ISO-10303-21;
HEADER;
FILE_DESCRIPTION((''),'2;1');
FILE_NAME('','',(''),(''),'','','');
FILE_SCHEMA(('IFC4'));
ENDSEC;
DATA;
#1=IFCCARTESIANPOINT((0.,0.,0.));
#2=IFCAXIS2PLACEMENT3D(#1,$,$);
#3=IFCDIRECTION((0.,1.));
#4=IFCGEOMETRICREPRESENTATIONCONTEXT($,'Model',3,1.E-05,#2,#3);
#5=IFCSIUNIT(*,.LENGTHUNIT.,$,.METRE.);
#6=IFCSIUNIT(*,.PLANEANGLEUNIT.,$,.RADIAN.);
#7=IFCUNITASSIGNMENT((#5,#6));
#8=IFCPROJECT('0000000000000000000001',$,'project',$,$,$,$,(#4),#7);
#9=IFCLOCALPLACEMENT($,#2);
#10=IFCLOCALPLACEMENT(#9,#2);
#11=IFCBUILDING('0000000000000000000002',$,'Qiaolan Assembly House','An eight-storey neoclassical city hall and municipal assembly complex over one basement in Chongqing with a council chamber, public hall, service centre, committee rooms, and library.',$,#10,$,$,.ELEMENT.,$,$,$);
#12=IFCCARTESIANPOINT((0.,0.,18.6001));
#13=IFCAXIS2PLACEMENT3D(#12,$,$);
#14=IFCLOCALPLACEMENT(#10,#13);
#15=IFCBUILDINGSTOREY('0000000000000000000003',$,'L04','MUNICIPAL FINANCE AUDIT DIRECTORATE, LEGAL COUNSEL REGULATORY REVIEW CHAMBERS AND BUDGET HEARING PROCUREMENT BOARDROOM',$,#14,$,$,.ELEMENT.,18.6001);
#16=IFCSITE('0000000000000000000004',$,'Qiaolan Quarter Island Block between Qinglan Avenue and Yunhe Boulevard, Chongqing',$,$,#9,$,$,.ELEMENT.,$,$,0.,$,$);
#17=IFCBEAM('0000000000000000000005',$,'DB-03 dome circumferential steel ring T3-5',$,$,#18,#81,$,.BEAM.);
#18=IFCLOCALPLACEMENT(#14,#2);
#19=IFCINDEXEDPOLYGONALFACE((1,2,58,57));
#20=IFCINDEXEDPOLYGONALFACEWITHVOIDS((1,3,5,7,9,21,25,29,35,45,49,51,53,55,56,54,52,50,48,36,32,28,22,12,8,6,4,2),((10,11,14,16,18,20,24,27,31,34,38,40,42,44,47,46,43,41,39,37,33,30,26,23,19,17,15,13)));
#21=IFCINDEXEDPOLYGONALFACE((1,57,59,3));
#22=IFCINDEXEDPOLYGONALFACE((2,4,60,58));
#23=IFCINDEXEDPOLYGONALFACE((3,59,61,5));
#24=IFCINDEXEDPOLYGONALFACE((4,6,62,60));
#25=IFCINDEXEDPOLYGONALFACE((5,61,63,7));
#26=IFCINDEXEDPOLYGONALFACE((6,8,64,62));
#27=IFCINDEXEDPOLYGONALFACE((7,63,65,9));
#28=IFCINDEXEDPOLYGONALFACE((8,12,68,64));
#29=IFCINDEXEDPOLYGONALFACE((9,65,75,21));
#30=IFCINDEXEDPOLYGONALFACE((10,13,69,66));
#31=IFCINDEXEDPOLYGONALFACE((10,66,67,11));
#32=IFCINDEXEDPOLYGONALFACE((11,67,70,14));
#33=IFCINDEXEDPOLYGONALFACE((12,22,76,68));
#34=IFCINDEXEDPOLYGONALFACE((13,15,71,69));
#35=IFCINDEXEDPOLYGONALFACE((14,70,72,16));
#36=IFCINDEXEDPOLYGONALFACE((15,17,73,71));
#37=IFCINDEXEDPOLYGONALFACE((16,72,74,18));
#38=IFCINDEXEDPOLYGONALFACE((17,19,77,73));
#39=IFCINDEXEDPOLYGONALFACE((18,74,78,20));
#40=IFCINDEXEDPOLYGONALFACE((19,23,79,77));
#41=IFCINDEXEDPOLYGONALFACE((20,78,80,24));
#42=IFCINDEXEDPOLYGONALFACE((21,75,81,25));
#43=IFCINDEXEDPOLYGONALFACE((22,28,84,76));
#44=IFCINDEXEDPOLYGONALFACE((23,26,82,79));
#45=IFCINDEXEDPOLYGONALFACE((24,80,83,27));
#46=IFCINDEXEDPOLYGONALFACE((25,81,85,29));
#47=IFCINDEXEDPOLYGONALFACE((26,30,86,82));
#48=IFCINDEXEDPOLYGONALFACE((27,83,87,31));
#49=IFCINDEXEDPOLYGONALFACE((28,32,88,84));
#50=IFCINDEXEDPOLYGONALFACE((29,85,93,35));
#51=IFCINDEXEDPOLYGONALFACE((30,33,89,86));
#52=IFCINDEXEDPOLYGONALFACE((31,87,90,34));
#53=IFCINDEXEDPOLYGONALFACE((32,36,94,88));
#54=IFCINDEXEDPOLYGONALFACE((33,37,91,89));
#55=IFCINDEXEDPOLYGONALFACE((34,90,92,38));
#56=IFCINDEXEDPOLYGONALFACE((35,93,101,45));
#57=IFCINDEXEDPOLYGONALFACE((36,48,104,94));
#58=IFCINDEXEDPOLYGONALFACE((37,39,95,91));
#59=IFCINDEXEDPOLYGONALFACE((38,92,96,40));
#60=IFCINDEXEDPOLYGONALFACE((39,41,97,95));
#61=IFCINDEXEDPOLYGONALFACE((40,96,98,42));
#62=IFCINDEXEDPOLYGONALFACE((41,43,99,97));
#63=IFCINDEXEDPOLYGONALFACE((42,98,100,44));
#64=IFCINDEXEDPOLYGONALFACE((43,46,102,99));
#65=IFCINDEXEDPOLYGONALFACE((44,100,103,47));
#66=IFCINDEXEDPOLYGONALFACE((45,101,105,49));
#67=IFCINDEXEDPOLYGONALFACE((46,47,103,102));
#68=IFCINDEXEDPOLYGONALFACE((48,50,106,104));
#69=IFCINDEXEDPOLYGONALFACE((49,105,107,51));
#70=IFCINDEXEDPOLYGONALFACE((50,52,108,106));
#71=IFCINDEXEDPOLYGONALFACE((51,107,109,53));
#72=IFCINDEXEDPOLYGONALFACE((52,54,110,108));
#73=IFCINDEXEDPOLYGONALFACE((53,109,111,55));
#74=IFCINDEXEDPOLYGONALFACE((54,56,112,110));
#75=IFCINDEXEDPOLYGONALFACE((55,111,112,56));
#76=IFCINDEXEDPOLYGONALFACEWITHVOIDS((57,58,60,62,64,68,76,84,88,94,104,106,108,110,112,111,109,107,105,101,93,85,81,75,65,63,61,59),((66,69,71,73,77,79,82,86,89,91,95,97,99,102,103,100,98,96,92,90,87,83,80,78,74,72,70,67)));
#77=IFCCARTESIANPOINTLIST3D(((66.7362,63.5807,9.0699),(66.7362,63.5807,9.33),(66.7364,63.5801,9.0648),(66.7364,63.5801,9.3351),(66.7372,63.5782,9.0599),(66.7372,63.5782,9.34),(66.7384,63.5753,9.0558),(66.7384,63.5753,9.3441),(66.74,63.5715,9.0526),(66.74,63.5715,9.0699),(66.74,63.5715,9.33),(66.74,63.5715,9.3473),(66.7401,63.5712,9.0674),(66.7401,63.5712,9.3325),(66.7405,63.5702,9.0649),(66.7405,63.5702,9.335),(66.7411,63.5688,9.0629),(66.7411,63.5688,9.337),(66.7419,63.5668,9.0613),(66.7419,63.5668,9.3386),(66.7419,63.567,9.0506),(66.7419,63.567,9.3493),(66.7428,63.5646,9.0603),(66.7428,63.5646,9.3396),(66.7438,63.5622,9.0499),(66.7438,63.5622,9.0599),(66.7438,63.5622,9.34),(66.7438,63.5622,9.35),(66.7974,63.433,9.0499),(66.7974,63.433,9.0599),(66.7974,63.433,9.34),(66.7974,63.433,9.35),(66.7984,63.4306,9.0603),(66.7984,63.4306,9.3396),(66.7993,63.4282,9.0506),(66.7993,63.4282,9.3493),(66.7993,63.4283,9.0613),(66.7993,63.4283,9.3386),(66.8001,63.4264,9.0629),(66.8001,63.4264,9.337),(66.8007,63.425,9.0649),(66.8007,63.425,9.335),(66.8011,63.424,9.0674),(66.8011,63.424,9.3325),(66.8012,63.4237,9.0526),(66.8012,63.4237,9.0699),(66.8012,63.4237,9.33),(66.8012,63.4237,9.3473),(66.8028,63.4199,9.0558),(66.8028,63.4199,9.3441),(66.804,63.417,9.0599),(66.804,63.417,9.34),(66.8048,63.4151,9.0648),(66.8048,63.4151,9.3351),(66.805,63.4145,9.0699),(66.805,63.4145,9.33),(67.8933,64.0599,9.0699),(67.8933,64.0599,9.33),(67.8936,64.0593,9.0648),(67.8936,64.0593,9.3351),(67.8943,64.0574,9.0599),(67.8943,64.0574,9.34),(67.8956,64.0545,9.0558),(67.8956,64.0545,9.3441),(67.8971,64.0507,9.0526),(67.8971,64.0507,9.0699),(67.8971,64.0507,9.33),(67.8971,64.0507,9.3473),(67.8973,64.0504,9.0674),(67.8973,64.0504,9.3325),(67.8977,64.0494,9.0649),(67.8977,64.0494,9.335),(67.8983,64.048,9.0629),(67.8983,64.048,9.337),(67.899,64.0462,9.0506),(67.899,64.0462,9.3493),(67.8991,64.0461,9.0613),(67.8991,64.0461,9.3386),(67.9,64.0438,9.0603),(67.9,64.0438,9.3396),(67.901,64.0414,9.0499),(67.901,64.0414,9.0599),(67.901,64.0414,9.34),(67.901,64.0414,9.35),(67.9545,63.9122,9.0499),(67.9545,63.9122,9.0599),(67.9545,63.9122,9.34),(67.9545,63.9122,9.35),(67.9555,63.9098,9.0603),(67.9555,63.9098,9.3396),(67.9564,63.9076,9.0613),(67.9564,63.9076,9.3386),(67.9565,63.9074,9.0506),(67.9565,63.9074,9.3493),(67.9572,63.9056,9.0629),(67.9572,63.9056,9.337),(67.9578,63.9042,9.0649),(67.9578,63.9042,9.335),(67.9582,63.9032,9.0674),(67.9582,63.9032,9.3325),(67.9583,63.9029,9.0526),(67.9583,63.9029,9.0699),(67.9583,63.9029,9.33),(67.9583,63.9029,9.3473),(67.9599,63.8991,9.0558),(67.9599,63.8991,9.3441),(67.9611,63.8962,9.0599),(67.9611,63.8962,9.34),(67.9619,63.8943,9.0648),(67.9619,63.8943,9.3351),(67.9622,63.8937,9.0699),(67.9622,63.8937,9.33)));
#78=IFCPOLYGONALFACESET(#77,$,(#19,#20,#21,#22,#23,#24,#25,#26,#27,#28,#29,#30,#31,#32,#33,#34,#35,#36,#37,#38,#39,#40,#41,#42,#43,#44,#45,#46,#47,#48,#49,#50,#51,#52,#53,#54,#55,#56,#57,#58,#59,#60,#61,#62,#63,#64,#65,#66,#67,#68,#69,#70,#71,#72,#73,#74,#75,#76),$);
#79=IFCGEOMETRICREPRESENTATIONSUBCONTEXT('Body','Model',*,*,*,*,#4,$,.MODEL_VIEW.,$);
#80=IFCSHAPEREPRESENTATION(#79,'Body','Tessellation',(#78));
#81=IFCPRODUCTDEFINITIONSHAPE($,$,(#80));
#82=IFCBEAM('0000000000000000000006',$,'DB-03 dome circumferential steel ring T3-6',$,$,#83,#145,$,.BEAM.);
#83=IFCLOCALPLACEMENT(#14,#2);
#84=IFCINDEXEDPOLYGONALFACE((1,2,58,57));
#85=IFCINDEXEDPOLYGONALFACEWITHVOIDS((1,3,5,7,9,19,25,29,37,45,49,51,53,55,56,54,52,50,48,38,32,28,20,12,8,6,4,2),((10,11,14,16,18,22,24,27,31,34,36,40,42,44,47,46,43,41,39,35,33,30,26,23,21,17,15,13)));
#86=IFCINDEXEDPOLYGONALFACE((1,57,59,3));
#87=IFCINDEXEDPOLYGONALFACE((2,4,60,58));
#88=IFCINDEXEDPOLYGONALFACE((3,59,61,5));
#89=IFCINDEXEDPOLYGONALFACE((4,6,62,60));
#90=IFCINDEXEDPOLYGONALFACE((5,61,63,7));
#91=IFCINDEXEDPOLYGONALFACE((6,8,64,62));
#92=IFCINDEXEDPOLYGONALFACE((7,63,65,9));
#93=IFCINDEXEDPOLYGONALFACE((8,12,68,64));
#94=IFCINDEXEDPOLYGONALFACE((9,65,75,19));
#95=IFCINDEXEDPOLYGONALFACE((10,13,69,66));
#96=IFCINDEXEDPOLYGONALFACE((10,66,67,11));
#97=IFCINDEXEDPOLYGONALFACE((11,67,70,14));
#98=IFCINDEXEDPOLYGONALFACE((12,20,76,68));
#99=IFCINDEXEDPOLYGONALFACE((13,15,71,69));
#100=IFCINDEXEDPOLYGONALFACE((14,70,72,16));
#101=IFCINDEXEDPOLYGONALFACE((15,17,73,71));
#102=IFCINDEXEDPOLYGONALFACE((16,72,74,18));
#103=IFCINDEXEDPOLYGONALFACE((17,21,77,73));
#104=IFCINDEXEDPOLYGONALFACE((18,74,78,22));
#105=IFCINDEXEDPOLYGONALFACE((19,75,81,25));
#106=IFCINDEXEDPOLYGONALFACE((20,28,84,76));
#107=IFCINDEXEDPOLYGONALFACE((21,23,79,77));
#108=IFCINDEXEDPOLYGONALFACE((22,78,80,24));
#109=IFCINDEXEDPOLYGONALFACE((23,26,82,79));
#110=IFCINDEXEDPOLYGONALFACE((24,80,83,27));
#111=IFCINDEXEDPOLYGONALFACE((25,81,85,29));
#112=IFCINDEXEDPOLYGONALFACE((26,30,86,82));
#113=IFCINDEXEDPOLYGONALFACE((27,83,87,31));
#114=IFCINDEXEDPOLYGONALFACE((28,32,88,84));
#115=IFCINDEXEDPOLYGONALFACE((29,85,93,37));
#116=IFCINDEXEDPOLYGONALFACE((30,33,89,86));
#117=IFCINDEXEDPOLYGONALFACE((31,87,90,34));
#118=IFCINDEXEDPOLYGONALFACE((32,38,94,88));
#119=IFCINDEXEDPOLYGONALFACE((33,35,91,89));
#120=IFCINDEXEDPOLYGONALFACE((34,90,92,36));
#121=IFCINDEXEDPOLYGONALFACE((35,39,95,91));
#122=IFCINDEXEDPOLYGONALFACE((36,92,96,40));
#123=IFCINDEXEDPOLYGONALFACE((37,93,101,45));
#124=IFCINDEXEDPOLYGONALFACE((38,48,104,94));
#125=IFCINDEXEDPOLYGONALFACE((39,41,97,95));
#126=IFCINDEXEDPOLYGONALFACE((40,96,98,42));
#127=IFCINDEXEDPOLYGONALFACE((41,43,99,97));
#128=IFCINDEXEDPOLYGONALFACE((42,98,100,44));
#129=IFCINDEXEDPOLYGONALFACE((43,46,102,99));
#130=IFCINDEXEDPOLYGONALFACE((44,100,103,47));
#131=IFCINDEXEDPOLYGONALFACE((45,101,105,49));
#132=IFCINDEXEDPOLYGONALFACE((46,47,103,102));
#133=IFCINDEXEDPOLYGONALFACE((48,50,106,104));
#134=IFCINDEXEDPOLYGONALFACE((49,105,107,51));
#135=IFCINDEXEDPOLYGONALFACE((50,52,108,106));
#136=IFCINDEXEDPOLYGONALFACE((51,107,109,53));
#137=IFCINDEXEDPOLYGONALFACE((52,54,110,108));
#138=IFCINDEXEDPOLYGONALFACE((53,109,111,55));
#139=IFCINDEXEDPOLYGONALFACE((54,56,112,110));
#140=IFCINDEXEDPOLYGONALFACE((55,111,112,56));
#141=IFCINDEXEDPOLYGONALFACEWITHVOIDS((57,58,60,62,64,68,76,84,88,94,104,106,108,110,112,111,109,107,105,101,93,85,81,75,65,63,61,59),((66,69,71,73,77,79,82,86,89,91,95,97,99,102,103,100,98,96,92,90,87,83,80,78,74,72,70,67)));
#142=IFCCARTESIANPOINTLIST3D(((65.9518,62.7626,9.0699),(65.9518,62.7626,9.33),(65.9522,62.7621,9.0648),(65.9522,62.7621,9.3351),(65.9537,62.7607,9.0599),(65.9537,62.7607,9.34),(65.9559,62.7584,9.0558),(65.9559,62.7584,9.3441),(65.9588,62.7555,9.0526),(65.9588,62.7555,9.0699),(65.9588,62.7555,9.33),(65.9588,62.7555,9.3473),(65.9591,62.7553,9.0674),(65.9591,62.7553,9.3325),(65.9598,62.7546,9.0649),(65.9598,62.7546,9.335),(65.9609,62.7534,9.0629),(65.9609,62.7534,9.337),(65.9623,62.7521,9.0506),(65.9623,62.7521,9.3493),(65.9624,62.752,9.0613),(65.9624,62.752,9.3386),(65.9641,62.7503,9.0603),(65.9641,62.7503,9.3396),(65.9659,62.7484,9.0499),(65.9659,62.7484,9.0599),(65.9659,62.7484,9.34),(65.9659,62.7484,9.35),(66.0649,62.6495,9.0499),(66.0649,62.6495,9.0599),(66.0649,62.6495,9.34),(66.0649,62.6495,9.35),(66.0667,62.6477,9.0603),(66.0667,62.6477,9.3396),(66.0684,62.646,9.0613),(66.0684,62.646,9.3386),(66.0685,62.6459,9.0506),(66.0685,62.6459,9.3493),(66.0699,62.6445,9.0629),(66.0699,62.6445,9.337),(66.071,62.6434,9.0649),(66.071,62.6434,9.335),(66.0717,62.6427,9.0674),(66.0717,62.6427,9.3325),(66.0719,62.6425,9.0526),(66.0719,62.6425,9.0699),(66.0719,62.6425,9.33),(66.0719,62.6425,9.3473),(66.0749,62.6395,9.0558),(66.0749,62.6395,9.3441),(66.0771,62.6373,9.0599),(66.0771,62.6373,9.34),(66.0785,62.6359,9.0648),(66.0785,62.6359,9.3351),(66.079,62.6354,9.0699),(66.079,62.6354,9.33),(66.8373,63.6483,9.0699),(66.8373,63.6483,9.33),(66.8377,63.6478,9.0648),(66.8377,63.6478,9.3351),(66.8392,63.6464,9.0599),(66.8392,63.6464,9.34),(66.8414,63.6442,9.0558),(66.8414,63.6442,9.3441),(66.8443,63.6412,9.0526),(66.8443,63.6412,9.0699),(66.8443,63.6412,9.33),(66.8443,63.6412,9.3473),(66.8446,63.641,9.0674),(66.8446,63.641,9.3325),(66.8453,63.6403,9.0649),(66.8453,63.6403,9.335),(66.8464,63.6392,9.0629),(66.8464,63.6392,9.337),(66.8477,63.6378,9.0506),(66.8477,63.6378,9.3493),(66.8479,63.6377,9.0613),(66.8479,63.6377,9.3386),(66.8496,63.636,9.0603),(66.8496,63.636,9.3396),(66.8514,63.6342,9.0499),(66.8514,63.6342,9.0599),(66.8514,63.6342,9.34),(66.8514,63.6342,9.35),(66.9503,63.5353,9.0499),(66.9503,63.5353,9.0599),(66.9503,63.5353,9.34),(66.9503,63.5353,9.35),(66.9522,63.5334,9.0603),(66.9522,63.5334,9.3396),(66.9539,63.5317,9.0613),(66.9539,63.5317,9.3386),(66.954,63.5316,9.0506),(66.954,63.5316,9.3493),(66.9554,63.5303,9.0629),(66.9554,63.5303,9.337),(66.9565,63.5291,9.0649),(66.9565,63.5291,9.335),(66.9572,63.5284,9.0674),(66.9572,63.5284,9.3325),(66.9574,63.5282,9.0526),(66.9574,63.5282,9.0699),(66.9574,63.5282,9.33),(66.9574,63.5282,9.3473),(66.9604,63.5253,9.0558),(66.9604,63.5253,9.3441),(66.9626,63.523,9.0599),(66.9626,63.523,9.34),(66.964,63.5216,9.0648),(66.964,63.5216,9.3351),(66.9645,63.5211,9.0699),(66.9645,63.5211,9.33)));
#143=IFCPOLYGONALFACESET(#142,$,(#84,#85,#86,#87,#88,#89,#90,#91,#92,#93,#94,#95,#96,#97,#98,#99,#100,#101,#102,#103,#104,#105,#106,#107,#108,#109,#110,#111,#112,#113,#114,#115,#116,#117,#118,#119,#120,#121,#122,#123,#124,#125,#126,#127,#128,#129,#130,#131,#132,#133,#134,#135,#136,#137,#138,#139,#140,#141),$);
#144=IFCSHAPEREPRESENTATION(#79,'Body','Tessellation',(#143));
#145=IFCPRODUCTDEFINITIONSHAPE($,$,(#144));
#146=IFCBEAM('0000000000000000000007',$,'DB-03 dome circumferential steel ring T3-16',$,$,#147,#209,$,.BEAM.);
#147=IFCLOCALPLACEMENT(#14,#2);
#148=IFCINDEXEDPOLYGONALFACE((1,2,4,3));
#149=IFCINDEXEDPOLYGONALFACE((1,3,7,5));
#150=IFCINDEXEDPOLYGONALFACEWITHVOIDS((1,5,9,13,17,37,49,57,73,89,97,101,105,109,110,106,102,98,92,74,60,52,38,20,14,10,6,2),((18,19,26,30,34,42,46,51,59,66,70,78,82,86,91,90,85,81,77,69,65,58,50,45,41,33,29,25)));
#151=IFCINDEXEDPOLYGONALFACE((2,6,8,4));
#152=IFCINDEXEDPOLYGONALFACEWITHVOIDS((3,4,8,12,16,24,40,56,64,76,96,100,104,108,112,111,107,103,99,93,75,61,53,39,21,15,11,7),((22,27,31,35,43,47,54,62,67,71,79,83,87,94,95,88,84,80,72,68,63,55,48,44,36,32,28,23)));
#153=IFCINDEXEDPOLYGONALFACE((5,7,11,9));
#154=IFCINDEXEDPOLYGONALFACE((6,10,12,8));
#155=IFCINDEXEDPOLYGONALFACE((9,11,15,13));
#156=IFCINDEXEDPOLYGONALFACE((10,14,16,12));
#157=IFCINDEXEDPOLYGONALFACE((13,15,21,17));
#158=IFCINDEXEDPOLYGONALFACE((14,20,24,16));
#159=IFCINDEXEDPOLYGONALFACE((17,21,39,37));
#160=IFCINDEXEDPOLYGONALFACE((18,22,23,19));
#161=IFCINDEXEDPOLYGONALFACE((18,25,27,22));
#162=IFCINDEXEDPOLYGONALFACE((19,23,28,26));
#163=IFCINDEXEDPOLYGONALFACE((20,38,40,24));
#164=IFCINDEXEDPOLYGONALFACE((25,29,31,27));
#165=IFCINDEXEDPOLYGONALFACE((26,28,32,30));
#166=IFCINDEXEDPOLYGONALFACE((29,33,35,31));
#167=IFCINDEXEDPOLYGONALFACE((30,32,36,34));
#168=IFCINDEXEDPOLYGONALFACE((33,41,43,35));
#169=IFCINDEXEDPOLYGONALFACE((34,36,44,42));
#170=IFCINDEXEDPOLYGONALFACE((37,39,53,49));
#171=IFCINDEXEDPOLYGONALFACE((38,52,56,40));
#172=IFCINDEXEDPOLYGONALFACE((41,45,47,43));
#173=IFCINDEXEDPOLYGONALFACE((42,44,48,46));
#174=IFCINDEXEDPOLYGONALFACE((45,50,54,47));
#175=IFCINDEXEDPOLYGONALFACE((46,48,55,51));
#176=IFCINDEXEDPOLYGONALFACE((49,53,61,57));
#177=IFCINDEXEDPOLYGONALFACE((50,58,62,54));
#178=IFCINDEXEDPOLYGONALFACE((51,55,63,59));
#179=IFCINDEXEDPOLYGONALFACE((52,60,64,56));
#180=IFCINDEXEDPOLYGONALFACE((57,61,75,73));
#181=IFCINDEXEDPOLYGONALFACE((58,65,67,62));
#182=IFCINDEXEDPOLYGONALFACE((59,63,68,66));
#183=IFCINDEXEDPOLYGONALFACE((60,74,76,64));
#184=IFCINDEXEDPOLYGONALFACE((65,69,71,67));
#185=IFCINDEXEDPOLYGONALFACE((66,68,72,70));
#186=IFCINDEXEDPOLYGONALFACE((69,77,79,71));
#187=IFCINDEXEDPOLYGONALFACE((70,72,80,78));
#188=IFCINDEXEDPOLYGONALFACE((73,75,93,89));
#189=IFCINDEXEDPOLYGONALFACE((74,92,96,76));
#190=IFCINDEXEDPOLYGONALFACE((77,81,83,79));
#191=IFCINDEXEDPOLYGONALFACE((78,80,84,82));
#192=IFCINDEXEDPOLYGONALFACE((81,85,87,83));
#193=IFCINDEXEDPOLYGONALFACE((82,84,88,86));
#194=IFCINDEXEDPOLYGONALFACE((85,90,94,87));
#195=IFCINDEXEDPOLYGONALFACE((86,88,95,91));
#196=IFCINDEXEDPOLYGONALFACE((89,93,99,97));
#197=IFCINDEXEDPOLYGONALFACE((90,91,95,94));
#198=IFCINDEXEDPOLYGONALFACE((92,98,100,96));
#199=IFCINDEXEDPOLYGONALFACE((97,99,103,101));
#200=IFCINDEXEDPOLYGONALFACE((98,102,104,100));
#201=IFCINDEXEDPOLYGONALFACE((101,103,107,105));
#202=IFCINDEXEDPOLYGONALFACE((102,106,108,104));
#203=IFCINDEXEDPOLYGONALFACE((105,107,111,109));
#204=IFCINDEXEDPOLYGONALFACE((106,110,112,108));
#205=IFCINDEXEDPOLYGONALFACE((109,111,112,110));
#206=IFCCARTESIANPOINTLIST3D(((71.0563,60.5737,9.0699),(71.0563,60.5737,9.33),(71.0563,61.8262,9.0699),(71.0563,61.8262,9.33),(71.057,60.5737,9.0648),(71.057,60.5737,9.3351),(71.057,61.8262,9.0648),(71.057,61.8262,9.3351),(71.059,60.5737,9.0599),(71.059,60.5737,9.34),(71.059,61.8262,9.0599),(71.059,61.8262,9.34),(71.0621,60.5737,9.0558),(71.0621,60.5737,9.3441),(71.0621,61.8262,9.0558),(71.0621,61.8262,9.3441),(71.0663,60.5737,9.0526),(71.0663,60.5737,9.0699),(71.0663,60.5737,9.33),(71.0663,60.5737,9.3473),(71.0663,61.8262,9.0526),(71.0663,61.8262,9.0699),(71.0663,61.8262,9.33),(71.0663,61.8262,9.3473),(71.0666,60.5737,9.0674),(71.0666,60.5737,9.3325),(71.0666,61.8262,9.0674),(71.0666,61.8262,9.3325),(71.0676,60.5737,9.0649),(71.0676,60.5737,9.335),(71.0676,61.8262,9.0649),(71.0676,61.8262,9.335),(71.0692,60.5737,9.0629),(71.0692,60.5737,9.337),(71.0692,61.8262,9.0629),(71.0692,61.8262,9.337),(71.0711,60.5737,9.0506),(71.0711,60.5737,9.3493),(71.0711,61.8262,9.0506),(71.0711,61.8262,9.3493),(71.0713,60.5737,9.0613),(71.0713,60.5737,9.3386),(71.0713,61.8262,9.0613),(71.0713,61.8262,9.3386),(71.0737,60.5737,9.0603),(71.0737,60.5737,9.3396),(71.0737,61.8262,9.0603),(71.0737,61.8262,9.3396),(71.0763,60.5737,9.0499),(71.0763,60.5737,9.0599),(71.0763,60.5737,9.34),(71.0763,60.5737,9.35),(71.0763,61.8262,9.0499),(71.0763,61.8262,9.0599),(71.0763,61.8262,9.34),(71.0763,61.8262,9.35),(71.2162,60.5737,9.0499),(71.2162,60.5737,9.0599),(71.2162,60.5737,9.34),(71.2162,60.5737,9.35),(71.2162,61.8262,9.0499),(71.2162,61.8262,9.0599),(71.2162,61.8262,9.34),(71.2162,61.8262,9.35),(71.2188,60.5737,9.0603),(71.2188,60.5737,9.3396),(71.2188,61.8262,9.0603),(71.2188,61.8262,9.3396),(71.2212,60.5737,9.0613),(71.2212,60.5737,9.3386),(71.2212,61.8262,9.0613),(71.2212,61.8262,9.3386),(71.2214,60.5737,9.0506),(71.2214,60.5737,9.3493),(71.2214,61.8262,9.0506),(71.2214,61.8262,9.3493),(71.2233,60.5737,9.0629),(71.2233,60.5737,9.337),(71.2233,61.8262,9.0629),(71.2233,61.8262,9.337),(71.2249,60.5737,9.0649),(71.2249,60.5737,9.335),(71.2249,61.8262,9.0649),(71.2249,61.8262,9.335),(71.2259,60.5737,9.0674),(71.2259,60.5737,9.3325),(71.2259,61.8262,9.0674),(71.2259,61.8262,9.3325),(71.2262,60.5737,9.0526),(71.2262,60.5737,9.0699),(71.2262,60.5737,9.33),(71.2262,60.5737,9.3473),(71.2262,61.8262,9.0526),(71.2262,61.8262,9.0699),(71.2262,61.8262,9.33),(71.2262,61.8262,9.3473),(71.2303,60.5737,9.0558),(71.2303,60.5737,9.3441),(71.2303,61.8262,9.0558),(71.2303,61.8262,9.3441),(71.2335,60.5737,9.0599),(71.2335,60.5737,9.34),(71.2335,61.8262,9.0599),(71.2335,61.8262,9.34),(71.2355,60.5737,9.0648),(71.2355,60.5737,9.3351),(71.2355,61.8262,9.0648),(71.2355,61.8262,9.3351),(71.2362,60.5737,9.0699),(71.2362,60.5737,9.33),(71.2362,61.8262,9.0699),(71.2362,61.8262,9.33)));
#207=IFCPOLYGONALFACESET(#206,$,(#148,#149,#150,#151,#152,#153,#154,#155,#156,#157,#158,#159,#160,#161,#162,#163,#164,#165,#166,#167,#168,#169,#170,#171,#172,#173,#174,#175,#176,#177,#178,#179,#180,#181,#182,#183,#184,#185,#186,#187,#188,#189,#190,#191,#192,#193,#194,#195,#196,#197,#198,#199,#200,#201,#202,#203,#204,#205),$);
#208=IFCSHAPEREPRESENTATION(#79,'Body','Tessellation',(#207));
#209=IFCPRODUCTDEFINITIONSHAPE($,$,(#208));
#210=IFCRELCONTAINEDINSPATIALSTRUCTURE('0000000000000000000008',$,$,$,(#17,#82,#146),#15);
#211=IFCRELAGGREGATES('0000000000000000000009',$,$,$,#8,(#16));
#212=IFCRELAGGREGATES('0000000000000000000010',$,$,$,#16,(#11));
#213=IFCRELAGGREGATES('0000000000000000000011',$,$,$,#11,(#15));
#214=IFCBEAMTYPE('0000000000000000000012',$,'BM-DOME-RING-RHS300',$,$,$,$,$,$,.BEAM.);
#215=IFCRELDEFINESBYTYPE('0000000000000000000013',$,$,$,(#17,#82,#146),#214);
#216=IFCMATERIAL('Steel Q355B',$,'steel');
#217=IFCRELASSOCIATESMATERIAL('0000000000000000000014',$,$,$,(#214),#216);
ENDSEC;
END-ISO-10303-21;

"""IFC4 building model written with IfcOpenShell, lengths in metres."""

from ifc_helpers import new_model, si_unit, direction, frame, origin, origin_2d, place, context, subcontext, project, spatial, hollow_rectangle, extrude, material, material_profile, profile_set, type_object, element, save


model = new_model("IFC4")

# Units and contexts
model_context = context("Model", 3, precision=1e-05, world=origin(), true_north=direction((0.0, 1.0)))
body_context = subcontext(model_context, "Body", "Model", "MODEL_VIEW")
ifc_project = project(units=[si_unit("LENGTHUNIT", "METRE"), si_unit("PLANEANGLEUNIT", "RADIAN")], contexts=[model_context])

# Site, building, storey
site_placement = place(None, origin())
site = spatial("IfcSite", under=ifc_project, at=site_placement, Name="Qiaolan Quarter Island Block between Qinglan Avenue and Yunhe Boulevard, Chongqing", CompositionType="ELEMENT", RefElevation=0.0)
building_placement = place(site_placement, origin())
building = spatial("IfcBuilding", under=site, at=building_placement, Name="Qiaolan Assembly House", Description="An eight-storey neoclassical city hall and municipal assembly complex over one basement in Chongqing with a council chamber, public hall, service centre, committee rooms, and library.", CompositionType="ELEMENT")
storey_placement = place(building_placement, frame((0.0, 0.0, 18.6001)))
storey = spatial("IfcBuildingStorey", under=building, at=storey_placement, Name="L04", Description="MUNICIPAL FINANCE AUDIT DIRECTORATE, LEGAL COUNSEL REGULATORY REVIEW CHAMBERS AND BUDGET HEARING PROCUREMENT BOARDROOM", CompositionType="ELEMENT", Elevation=18.6001)

# Beams
ifc_material_1 = material(Name="Steel Q355B", Category="steel")
ifc_material_profile = material_profile(ifc_material_1, hollow_rectangle(XDim=0.1799, YDim=0.3, WallThickness=0.01, InnerFilletRadius=0.01, OuterFilletRadius=0.02, at=origin_2d()), Name="RHS 300x180x10")
ifc_profile_set = profile_set([ifc_material_profile], Name="Steel Q355B")
beam_type = type_object("IfcBeamType", Name="BM-DOME-RING-RHS300", PredefinedType="BEAM", material=ifc_profile_set)
for number, where, z_axis, x_axis, name in (
    (1, (67.9277, 63.9768, 9.2), (-0.923905, -0.382621, 0.0), (0.382621, -0.923905, 0.0), "DB-03 dome circumferential steel ring T3-5"),
    (2, (66.9009, 63.5847, 9.2), (-0.707009, -0.707204, 0.0), (0.707204, -0.707009, 0.0), "DB-03 dome circumferential steel ring T3-6"),
    (3, (71.1462, 60.5737, 9.2), (0.0, 1.0, 0.0), (-1.0, 0.0, 0.0), "DB-03 dome circumferential steel ring T3-16"),
):
    element("IfcBeam", number, at=place(storey_placement, frame(where, z_axis=z_axis, x_axis=x_axis)), inside=storey, type_object=beam_type, Name=name, PredefinedType="BEAM", context=body_context, shape_type="SweptSolid", body=[
        extrude(hollow_rectangle(XDim=0.1799, YDim=0.3, WallThickness=0.01, InnerFilletRadius=0.01, OuterFilletRadius=0.02, at=origin_2d()), origin(), (0.0, 0.0, 1.0), 1.2524),
    ])

save(model, "model.ifc")
